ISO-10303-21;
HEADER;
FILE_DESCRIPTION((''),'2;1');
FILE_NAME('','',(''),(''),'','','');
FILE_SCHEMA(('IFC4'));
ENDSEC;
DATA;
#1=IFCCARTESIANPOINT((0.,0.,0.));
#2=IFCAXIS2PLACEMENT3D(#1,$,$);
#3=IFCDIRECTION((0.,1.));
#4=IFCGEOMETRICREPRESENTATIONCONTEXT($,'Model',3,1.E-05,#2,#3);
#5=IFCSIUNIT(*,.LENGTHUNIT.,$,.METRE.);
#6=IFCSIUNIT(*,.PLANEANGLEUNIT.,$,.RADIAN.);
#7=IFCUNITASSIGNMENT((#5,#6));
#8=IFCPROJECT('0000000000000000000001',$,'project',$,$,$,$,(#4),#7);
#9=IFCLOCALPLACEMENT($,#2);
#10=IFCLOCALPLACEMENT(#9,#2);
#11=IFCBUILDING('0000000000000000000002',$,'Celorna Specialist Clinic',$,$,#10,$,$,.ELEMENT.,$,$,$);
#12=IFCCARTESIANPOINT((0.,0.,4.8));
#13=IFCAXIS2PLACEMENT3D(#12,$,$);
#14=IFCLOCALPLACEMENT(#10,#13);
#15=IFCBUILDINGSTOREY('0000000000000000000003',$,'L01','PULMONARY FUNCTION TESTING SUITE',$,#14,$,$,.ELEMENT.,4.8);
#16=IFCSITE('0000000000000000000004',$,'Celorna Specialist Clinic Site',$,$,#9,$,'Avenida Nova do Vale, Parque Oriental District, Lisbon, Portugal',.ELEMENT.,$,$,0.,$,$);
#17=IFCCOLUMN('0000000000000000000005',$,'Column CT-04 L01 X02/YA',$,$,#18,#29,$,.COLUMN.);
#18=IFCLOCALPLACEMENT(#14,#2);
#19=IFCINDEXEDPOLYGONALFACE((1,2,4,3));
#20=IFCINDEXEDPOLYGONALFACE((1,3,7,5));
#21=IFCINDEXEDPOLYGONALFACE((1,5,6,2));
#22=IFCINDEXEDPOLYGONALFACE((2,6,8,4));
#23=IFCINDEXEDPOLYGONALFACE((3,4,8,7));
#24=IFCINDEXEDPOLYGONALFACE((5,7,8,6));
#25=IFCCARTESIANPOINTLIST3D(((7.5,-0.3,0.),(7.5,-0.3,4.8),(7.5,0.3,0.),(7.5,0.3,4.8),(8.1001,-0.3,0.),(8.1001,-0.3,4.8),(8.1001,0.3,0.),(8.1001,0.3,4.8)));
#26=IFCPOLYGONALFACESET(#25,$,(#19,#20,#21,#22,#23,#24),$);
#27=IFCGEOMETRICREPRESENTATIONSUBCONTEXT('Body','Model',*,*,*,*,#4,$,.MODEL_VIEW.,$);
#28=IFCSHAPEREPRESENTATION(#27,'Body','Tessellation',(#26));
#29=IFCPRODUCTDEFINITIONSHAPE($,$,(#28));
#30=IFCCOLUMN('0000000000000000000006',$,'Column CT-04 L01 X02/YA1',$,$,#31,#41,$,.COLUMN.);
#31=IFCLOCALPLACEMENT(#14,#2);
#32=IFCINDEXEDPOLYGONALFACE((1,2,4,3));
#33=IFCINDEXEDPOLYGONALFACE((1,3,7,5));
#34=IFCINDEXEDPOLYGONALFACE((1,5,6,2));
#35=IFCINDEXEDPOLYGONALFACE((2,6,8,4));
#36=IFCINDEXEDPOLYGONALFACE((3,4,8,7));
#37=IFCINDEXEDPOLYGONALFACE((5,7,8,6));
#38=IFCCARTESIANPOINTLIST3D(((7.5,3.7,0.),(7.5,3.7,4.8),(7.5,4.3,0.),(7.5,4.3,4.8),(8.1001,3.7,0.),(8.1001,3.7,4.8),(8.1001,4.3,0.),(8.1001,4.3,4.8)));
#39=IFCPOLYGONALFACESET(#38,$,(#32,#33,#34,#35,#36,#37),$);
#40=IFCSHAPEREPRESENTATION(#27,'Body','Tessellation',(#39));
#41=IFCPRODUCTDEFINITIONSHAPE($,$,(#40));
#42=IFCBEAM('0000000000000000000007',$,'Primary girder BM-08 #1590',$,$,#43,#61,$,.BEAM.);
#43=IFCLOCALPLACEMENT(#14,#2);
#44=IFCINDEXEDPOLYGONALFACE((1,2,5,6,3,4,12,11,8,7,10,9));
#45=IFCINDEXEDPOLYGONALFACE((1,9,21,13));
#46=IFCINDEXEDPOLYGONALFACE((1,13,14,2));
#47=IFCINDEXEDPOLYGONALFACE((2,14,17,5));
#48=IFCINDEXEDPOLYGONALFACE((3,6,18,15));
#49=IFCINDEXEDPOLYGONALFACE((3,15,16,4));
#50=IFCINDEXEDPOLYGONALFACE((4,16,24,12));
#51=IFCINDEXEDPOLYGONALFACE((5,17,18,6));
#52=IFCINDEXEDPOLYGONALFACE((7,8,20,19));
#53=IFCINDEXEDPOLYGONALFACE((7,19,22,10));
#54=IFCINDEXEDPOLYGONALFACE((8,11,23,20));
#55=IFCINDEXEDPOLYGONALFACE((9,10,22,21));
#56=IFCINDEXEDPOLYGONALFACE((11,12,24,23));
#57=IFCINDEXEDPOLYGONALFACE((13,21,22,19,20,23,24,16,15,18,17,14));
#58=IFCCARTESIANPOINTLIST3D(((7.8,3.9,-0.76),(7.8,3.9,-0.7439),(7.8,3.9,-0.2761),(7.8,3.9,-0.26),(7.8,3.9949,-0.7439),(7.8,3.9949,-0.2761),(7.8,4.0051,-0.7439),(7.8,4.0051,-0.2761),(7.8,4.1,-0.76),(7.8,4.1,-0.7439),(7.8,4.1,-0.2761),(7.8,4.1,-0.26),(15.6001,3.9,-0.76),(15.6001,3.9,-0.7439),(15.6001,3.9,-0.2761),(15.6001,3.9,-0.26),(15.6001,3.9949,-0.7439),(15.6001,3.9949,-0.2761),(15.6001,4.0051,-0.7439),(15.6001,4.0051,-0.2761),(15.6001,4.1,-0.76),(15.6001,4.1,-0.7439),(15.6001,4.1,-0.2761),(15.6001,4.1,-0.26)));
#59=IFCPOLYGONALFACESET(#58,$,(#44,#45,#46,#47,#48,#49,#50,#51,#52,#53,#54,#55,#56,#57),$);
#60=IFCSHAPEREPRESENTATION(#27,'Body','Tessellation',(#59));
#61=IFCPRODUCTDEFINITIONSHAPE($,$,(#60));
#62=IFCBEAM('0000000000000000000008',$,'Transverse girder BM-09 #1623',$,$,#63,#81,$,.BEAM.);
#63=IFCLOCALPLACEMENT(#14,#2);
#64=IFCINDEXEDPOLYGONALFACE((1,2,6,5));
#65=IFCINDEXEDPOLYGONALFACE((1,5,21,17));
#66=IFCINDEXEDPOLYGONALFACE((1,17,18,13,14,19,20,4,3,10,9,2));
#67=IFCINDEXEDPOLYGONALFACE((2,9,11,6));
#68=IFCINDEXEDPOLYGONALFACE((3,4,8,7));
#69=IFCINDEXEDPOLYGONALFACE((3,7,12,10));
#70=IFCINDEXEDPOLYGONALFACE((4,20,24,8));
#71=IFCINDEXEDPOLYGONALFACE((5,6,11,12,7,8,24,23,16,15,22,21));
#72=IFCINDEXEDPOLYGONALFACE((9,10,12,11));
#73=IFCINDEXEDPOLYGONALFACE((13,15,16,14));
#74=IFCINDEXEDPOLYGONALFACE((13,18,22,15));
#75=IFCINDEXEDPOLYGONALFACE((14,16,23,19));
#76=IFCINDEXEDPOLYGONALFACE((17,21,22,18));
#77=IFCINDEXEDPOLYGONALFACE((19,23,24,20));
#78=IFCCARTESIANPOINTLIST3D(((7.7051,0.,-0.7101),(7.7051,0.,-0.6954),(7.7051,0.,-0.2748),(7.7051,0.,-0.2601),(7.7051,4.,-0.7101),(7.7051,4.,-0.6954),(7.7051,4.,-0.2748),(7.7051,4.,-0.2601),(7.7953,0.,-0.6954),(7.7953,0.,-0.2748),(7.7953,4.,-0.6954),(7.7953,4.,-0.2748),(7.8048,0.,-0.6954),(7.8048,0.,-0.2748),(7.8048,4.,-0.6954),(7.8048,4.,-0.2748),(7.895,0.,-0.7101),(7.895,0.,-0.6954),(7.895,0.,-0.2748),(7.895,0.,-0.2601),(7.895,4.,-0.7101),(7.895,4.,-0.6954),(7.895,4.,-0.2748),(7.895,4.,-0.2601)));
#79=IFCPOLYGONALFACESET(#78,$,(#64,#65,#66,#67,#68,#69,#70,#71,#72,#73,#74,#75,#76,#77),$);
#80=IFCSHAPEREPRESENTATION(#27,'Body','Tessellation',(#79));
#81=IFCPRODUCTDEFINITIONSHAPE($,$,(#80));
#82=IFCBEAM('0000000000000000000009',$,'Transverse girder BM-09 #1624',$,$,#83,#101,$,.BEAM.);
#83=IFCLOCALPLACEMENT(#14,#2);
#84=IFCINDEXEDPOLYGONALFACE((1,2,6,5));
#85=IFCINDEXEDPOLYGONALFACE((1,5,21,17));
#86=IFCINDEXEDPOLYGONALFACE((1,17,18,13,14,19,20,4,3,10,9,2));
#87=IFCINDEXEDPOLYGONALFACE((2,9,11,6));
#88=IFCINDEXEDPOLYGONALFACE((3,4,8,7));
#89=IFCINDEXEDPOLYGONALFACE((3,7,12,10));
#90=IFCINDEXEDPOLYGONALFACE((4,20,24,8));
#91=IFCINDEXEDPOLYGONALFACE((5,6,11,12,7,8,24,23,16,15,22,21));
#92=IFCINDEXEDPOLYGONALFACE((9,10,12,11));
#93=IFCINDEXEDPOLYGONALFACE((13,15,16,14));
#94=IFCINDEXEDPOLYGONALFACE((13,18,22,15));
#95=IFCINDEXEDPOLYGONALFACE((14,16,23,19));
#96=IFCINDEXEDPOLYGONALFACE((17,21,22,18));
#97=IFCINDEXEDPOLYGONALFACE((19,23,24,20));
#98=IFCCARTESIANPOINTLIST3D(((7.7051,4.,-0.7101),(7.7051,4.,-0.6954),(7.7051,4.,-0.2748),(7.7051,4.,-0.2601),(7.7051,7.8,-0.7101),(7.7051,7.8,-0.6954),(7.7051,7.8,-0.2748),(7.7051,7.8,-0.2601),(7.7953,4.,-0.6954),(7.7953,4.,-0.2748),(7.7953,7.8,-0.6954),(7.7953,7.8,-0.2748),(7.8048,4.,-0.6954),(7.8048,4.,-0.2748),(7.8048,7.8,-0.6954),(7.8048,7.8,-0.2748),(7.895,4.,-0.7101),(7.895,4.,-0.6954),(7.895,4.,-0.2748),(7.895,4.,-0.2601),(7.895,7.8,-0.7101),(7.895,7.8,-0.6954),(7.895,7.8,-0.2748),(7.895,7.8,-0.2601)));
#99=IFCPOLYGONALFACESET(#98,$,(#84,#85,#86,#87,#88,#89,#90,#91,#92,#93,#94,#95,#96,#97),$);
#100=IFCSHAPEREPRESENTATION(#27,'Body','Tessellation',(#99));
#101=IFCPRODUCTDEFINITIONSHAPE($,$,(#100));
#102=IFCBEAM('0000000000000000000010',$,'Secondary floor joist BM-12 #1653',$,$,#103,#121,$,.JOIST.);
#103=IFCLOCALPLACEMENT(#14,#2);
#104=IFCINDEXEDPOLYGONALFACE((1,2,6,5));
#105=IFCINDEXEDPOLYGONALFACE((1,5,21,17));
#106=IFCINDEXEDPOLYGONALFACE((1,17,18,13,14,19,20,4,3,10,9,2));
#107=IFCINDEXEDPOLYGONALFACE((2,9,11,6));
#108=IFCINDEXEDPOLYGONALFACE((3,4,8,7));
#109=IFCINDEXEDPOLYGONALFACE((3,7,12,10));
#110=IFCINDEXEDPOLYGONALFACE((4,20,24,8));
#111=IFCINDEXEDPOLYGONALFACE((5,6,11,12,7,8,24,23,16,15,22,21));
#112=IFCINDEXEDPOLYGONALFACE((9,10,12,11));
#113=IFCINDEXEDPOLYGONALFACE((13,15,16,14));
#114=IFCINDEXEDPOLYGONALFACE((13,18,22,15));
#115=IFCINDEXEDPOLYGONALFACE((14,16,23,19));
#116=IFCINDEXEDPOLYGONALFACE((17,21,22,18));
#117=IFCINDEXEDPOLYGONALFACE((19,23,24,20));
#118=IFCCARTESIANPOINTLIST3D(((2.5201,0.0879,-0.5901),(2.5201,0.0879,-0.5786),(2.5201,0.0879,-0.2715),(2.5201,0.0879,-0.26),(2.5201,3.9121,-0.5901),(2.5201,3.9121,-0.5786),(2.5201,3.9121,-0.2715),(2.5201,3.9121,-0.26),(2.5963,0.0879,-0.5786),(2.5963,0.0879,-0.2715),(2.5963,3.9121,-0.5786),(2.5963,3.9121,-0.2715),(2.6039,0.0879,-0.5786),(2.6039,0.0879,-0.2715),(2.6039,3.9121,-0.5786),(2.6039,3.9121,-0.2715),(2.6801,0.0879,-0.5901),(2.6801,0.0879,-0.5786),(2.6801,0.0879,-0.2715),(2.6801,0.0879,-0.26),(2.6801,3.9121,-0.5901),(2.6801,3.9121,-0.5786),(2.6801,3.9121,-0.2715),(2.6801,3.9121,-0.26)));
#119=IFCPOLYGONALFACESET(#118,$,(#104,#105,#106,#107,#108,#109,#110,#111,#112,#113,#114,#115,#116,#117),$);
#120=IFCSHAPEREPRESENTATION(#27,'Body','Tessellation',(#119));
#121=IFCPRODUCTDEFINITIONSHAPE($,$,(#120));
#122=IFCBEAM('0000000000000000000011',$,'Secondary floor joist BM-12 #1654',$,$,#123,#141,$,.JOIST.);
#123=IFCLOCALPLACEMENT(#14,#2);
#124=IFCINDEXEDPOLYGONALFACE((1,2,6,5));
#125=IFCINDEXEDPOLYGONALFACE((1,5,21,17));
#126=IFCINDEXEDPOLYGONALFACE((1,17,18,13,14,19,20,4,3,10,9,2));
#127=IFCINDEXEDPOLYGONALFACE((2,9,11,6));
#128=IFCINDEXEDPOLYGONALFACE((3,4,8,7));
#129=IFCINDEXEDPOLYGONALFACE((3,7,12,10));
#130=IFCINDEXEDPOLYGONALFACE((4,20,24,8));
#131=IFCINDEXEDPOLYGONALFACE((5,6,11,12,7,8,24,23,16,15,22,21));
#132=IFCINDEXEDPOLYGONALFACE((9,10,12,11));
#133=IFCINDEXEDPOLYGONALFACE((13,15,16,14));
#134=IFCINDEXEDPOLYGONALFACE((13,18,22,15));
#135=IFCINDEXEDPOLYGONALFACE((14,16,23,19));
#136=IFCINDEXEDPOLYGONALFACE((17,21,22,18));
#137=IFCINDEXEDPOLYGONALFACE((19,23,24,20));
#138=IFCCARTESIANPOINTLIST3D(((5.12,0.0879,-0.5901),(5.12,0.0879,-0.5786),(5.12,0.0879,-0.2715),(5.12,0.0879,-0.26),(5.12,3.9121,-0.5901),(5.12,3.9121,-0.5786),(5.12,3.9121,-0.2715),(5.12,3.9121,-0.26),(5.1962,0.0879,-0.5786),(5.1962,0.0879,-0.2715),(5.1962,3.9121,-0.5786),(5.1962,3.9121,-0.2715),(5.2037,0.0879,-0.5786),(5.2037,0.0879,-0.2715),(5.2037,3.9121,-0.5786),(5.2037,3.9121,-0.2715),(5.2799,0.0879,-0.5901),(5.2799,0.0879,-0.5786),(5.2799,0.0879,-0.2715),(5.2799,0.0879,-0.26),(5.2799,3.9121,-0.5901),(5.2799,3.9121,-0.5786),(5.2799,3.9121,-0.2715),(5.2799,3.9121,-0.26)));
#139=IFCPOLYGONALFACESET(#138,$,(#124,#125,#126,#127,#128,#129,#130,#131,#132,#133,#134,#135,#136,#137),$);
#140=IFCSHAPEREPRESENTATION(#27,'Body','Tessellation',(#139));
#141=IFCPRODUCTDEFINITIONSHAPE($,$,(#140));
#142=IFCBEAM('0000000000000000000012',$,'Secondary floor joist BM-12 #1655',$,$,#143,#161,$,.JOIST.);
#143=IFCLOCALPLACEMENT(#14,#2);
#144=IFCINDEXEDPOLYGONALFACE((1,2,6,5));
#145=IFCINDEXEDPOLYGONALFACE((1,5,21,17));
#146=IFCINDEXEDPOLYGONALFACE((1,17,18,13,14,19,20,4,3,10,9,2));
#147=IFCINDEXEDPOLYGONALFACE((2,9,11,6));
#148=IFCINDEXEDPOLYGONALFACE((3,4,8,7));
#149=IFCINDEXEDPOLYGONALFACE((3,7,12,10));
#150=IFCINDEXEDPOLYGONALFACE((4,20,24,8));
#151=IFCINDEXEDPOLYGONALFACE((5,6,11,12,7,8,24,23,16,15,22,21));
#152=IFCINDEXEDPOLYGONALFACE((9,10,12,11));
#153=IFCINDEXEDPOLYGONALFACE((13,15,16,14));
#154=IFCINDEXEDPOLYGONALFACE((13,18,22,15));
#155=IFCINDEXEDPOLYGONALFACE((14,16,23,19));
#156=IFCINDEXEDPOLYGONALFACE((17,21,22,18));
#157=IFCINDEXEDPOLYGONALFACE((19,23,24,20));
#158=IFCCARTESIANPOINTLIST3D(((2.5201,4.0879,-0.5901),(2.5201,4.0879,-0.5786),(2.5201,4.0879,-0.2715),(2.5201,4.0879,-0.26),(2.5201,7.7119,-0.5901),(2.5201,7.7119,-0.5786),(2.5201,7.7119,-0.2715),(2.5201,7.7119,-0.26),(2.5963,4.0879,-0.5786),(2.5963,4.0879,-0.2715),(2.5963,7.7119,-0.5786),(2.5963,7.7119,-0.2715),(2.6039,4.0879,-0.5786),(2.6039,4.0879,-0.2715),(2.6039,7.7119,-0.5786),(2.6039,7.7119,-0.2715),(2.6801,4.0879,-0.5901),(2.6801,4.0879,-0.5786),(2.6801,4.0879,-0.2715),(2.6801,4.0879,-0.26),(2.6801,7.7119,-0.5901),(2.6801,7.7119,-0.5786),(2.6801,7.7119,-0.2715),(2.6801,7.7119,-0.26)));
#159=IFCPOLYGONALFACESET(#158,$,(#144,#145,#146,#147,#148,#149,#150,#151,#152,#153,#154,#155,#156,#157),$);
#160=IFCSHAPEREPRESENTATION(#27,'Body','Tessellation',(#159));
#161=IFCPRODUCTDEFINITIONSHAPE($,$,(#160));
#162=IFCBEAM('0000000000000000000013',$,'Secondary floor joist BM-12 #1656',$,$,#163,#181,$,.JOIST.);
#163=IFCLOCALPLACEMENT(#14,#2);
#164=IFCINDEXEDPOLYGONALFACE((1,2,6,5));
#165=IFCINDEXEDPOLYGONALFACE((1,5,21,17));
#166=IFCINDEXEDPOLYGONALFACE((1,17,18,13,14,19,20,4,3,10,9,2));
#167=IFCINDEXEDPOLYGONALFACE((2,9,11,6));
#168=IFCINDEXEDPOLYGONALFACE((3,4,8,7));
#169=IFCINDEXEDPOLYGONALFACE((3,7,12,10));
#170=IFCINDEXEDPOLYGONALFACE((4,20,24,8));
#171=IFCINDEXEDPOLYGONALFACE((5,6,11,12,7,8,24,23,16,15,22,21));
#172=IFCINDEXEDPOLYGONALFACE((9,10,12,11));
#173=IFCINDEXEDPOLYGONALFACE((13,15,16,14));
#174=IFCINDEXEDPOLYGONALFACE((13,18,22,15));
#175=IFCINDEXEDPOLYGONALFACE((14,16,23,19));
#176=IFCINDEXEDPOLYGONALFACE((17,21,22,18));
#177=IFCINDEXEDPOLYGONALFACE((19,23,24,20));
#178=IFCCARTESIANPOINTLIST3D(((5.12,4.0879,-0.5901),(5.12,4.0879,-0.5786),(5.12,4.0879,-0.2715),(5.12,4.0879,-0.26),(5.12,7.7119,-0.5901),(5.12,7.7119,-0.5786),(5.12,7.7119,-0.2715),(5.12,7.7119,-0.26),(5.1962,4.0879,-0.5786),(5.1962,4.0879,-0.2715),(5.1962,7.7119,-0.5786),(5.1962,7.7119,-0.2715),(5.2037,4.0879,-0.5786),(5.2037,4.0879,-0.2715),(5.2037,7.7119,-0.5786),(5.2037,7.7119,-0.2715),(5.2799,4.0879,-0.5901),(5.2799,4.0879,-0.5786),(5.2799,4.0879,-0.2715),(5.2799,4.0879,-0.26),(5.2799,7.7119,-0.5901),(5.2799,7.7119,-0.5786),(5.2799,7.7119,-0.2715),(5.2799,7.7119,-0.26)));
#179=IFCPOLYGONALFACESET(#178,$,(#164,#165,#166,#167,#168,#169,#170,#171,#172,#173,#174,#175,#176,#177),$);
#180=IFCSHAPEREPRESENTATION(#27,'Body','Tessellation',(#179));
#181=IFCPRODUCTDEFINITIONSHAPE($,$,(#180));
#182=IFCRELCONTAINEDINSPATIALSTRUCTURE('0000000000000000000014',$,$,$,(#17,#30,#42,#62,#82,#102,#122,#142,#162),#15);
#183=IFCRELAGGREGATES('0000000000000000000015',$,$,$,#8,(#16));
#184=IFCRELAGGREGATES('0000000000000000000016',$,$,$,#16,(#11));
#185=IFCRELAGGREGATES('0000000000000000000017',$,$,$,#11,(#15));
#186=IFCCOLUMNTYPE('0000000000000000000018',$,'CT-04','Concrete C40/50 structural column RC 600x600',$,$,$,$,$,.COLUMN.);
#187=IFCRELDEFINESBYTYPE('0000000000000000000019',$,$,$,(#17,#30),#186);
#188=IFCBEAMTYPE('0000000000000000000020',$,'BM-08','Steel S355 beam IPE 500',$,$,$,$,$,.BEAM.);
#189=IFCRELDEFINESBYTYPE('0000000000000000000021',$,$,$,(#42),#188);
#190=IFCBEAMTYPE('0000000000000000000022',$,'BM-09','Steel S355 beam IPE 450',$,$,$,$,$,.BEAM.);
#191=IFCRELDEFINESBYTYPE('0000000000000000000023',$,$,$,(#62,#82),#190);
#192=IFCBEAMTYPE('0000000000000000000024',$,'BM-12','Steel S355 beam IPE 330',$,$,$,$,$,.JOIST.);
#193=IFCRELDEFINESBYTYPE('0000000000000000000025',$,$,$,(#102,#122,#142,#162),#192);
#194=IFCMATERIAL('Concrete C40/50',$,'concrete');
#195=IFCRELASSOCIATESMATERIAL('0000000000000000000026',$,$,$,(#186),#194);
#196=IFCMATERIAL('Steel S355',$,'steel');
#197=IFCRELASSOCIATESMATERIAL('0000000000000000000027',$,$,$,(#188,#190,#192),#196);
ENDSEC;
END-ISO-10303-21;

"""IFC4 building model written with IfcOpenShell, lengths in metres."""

from ifc_helpers import new_model, si_unit, direction, frame, origin, origin_2d, place, context, subcontext, project, spatial, rectangle, i_section, extrude, material, material_profile, profile_set, type_object, element, save


model = new_model("IFC4")

# Units and contexts
model_context = context("Model", 3, precision=1e-05, world=origin(), true_north=direction((0.0, 1.0)))
body_context = subcontext(model_context, "Body", "Model", "MODEL_VIEW")
ifc_project = project(units=[si_unit("LENGTHUNIT", "METRE"), si_unit("PLANEANGLEUNIT", "RADIAN")], contexts=[model_context])

# Site, building, storey
site_placement = place(None, origin())
site = spatial("IfcSite", under=ifc_project, at=site_placement, Name="Celorna Specialist Clinic Site", LongName="Avenida Nova do Vale, Parque Oriental District, Lisbon, Portugal", CompositionType="ELEMENT", RefElevation=0.0)
building_placement = place(site_placement, origin())
building = spatial("IfcBuilding", under=site, at=building_placement, Name="Celorna Specialist Clinic", CompositionType="ELEMENT")
storey_placement = place(building_placement, frame((0.0, 0.0, 4.8)))
storey = spatial("IfcBuildingStorey", under=building, at=storey_placement, Name="L01", Description="PULMONARY FUNCTION TESTING SUITE", CompositionType="ELEMENT", Elevation=4.8)

# Columns
ifc_material_1 = material(Name="Concrete C40/50", Category="concrete")
ifc_material_profile_1 = material_profile(ifc_material_1, rectangle(XDim=0.6001, YDim=0.6001, at=origin_2d()), Name="RC 600x600")
ifc_profile_set_1 = profile_set([ifc_material_profile_1], Name="Concrete C40/50")
column_type = type_object("IfcColumnType", Name="CT-04", Description="Concrete C40/50 structural column RC 600x600", PredefinedType="COLUMN", material=ifc_profile_set_1)
for number, where, z_axis, x_axis, name in (
    (1, (7.8, 0.0, 0.0), (0.0, 0.0, 1.0), (1.0, 0.0, 0.0), "Column CT-04 L01 X02/YA"),
    (2, (7.8, 4.0, 0.0), (0.0, 0.0, 1.0), (1.0, 0.0, 0.0), "Column CT-04 L01 X02/YA1"),
):
    element("IfcColumn", number, at=place(storey_placement, frame(where, z_axis=z_axis, x_axis=x_axis)), inside=storey, type_object=column_type, Name=name, PredefinedType="COLUMN", context=body_context, shape_type="SweptSolid", body=[
        extrude(rectangle(XDim=0.6001, YDim=0.6001, at=origin_2d()), origin(), (0.0, 0.0, 1.0), 4.8),
    ])

# Beams
ifc_material_2 = material(Name="Steel S355", Category="steel")
ifc_material_profile_2 = material_profile(ifc_material_2, i_section(OverallWidth=0.2, OverallDepth=0.5, WebThickness=0.0103, FlangeThickness=0.0161, at=origin_2d()), Name="IPE 500")
ifc_profile_set_2 = profile_set([ifc_material_profile_2], Name="Steel S355")
beam_type_1 = type_object("IfcBeamType", Name="BM-08", Description="Steel S355 beam IPE 500", PredefinedType="BEAM", material=ifc_profile_set_2)
beam_1_placement = place(storey_placement, frame((7.8, 4.0, -0.51), z_axis=(1.0, 0.0, 0.0), x_axis=(0.0, 1.0, 0.0)))
element("IfcBeam", 3, at=beam_1_placement, inside=storey, type_object=beam_type_1, Name="Primary girder BM-08 #1590", PredefinedType="BEAM", context=body_context, shape_type="SweptSolid", body=[
    extrude(i_section(OverallWidth=0.2, OverallDepth=0.5, WebThickness=0.0103, FlangeThickness=0.0161, at=origin_2d()), origin(), (0.0, 0.0, 1.0), 7.8),
])
ifc_material_profile_3 = material_profile(ifc_material_2, i_section(OverallWidth=0.1899, OverallDepth=0.45, WebThickness=0.0095, FlangeThickness=0.0146, at=origin_2d()), Name="IPE 450")
ifc_profile_set_3 = profile_set([ifc_material_profile_3], Name="Steel S355")
beam_type_2 = type_object("IfcBeamType", Name="BM-09", Description="Steel S355 beam IPE 450", PredefinedType="BEAM", material=ifc_profile_set_3)
beam_2_placement = place(storey_placement, frame((7.8, 0.0, -0.4851), z_axis=(0.0, 1.0, 0.0), x_axis=(-1.0, 0.0, 0.0)))
element("IfcBeam", 4, at=beam_2_placement, inside=storey, type_object=beam_type_2, Name="Transverse girder BM-09 #1623", PredefinedType="BEAM", context=body_context, shape_type="SweptSolid", body=[
    extrude(i_section(OverallWidth=0.1899, OverallDepth=0.45, WebThickness=0.0095, FlangeThickness=0.0146, at=origin_2d()), origin(), (0.0, 0.0, 1.0), 4.0),
])
beam_3_placement = place(storey_placement, frame((7.8, 4.0, -0.4851), z_axis=(0.0, 1.0, 0.0), x_axis=(-1.0, 0.0, 0.0)))
element("IfcBeam", 5, at=beam_3_placement, inside=storey, type_object=beam_type_2, Name="Transverse girder BM-09 #1624", PredefinedType="BEAM", context=body_context, shape_type="SweptSolid", body=[
    extrude(i_section(OverallWidth=0.1899, OverallDepth=0.45, WebThickness=0.0095, FlangeThickness=0.0146, at=origin_2d()), origin(), (0.0, 0.0, 1.0), 3.8),
])
ifc_material_profile_4 = material_profile(ifc_material_2, i_section(OverallWidth=0.1599, OverallDepth=0.3301, WebThickness=0.0076, FlangeThickness=0.0115, at=origin_2d()), Name="IPE 330")
ifc_profile_set_4 = profile_set([ifc_material_profile_4], Name="Steel S355")
beam_type_3 = type_object("IfcBeamType", Name="BM-12", Description="Steel S355 beam IPE 330", PredefinedType="JOIST", material=ifc_profile_set_4)
for number, where, z_axis, x_axis, name in (
    (6, (2.6001, 0.0879, -0.425), (0.0, 1.0, 0.0), (-1.0, 0.0, 0.0), "Secondary floor joist BM-12 #1653"),
    (7, (5.2, 0.0879, -0.425), (0.0, 1.0, 0.0), (-1.0, 0.0, 0.0), "Secondary floor joist BM-12 #1654"),
):
    element("IfcBeam", number, at=place(storey_placement, frame(where, z_axis=z_axis, x_axis=x_axis)), inside=storey, type_object=beam_type_3, Name=name, PredefinedType="JOIST", context=body_context, shape_type="SweptSolid", body=[
        extrude(i_section(OverallWidth=0.1599, OverallDepth=0.3301, WebThickness=0.0076, FlangeThickness=0.0115, at=origin_2d()), origin(), (0.0, 0.0, 1.0), 3.8242),
    ])
for number, where, z_axis, x_axis, name in (
    (8, (2.6001, 4.0879, -0.425), (0.0, 1.0, 0.0), (-1.0, 0.0, 0.0), "Secondary floor joist BM-12 #1655"),
    (9, (5.2, 4.0879, -0.425), (0.0, 1.0, 0.0), (-1.0, 0.0, 0.0), "Secondary floor joist BM-12 #1656"),
):
    element("IfcBeam", number, at=place(storey_placement, frame(where, z_axis=z_axis, x_axis=x_axis)), inside=storey, type_object=beam_type_3, Name=name, PredefinedType="JOIST", context=body_context, shape_type="SweptSolid", body=[
        extrude(i_section(OverallWidth=0.1599, OverallDepth=0.3301, WebThickness=0.0076, FlangeThickness=0.0115, at=origin_2d()), origin(), (0.0, 0.0, 1.0), 3.624),
    ])

save(model, "model.ifc")
